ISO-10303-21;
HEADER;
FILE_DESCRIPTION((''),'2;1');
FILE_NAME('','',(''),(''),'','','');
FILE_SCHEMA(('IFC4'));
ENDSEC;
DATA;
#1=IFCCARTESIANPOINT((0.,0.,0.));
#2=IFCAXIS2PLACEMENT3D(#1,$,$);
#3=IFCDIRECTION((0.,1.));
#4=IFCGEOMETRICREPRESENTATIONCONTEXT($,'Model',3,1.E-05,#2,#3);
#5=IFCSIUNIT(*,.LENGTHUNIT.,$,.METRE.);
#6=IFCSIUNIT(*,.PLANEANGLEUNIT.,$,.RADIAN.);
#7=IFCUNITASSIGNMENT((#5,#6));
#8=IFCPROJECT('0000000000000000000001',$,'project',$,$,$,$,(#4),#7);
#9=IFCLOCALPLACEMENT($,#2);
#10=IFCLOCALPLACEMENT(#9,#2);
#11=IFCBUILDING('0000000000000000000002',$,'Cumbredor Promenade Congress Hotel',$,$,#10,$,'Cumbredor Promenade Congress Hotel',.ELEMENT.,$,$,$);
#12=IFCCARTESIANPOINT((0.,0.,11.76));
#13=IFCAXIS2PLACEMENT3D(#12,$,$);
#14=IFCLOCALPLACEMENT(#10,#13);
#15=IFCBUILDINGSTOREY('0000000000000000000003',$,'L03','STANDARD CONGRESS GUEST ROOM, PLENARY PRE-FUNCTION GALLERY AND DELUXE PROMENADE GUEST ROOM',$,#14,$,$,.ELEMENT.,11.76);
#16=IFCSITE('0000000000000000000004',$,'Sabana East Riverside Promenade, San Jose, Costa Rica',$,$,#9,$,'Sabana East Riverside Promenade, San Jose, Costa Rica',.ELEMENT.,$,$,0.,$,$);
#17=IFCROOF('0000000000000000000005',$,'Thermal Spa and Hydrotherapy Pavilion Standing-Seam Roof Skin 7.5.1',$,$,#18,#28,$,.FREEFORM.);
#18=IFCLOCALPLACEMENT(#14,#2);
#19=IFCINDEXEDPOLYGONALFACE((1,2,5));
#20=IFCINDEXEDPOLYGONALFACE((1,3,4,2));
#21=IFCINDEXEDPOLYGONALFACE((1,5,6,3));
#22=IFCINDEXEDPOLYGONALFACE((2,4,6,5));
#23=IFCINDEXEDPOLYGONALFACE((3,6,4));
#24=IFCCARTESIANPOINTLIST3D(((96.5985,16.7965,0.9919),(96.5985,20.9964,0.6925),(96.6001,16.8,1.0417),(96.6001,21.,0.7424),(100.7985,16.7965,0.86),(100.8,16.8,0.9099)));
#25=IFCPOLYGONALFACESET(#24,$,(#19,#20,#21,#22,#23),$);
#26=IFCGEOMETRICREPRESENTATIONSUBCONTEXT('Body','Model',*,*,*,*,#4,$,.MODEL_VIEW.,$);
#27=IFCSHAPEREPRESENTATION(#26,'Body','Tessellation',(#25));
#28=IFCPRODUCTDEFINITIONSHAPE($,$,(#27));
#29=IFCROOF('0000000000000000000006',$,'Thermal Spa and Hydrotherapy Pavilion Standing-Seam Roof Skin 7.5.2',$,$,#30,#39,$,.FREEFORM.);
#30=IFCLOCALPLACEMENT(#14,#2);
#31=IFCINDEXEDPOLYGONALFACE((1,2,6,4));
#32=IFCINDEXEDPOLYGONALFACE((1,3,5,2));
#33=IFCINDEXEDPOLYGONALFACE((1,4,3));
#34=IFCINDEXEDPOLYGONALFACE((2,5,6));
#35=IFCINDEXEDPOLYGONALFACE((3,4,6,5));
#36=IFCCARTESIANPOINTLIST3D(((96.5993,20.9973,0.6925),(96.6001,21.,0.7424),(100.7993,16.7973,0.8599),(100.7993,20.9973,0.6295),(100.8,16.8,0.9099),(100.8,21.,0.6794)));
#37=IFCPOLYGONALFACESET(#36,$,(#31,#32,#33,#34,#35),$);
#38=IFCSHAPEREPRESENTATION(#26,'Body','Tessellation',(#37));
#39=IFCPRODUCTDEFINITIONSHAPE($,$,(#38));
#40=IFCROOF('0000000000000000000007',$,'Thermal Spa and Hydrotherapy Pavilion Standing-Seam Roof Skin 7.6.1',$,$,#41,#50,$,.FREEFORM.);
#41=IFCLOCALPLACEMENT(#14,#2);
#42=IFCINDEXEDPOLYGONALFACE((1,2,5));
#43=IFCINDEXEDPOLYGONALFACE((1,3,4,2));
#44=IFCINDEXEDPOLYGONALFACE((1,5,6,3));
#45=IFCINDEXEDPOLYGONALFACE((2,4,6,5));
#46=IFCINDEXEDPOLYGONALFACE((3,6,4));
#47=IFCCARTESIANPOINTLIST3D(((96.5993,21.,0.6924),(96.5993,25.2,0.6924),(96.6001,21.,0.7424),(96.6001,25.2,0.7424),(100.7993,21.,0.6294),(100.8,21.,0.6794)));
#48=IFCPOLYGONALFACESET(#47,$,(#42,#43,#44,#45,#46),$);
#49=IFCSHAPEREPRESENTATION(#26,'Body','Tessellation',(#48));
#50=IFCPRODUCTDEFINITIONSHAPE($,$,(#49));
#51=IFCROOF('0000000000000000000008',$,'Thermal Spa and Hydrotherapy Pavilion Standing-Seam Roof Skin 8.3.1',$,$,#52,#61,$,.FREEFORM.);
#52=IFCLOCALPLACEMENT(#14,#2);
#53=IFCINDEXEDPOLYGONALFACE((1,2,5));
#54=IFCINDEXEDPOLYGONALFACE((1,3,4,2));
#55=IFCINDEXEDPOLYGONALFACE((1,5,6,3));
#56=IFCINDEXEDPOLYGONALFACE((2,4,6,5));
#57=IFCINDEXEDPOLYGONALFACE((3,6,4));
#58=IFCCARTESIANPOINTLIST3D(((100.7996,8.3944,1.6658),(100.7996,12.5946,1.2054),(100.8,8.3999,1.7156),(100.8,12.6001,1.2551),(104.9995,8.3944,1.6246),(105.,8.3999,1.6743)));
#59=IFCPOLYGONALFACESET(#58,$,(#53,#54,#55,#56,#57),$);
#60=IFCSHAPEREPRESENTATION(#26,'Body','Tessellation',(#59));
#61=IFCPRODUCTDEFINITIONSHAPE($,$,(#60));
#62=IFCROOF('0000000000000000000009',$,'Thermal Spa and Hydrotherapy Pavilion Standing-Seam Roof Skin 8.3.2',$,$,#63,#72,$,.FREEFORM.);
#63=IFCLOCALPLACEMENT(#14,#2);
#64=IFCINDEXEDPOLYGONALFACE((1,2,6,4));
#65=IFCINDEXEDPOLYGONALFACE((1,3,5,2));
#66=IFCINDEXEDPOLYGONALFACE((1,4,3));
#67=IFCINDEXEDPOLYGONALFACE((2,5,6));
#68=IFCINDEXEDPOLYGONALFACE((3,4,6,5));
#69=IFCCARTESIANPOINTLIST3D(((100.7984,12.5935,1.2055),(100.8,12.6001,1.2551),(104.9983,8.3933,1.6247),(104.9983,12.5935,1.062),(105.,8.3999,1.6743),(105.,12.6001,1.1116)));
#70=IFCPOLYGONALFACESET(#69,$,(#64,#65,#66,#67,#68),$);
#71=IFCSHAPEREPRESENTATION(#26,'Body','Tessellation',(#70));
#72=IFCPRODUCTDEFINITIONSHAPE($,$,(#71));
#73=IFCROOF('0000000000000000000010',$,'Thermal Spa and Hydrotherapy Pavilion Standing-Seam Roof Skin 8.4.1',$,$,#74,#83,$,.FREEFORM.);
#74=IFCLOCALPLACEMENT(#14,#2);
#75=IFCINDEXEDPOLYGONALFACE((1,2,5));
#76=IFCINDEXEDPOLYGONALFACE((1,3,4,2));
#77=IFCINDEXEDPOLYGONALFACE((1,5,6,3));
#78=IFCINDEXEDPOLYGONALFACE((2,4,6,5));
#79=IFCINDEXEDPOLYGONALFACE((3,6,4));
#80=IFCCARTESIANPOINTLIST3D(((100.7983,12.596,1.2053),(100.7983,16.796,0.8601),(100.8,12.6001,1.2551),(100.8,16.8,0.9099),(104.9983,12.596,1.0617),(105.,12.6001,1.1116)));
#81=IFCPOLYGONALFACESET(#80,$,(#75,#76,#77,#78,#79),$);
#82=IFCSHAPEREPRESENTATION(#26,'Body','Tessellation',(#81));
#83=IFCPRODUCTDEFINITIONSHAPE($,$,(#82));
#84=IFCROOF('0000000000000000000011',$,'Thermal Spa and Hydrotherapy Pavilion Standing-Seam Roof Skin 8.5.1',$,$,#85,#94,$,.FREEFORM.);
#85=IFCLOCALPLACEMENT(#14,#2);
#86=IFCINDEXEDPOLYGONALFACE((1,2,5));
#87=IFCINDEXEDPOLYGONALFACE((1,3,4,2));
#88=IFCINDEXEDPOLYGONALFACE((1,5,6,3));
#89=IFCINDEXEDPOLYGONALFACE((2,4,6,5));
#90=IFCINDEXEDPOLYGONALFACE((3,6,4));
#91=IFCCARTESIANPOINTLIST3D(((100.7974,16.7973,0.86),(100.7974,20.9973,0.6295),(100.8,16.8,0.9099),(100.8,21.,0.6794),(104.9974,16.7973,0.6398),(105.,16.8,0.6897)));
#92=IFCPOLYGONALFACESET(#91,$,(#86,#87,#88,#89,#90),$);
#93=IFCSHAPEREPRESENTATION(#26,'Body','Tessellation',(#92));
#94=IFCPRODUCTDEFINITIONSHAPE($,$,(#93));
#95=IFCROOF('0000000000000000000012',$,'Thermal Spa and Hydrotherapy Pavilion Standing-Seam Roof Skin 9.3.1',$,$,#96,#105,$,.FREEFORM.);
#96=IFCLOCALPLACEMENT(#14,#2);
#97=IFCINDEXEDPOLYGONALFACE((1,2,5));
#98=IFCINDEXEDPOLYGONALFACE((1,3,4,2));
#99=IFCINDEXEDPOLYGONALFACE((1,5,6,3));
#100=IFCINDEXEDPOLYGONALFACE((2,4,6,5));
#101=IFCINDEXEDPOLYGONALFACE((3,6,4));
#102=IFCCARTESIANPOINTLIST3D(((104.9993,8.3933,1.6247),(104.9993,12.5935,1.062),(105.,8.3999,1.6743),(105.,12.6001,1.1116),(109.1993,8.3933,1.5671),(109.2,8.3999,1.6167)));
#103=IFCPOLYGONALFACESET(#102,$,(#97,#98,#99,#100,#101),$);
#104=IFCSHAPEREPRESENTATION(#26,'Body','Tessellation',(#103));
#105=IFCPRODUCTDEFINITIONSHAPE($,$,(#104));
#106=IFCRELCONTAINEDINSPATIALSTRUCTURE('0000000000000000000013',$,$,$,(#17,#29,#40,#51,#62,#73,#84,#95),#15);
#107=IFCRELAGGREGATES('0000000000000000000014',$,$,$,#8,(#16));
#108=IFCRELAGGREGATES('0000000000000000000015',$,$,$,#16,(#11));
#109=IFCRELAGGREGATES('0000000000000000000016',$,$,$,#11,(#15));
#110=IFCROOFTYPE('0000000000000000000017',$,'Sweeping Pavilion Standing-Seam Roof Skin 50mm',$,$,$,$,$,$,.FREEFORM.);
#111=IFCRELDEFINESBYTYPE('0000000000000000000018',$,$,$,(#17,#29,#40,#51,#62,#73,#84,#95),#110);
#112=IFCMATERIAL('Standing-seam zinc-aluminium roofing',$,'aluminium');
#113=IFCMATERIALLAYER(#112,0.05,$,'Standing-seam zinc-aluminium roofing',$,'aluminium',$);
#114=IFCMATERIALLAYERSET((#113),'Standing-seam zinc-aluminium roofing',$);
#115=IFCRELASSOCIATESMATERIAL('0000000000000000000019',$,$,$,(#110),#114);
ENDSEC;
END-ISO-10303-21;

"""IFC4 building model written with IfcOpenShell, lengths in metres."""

from ifc_helpers import new_model, si_unit, direction, frame, origin, place, context, subcontext, project, spatial, polyline, outline, extrude, material, layer, layer_set, type_object, element, save


model = new_model("IFC4")

# Units and contexts
model_context = context("Model", 3, precision=1e-05, world=origin(), true_north=direction((0.0, 1.0)))
body_context = subcontext(model_context, "Body", "Model", "MODEL_VIEW")
ifc_project = project(units=[si_unit("LENGTHUNIT", "METRE"), si_unit("PLANEANGLEUNIT", "RADIAN")], contexts=[model_context])

# Site, building, storey
site_placement = place(None, origin())
site = spatial("IfcSite", under=ifc_project, at=site_placement, Name="Sabana East Riverside Promenade, San Jose, Costa Rica", LongName="Sabana East Riverside Promenade, San Jose, Costa Rica", CompositionType="ELEMENT", RefElevation=0.0)
building_placement = place(site_placement, origin())
building = spatial("IfcBuilding", under=site, at=building_placement, Name="Cumbredor Promenade Congress Hotel", LongName="Cumbredor Promenade Congress Hotel", CompositionType="ELEMENT")
storey_placement = place(building_placement, frame((0.0, 0.0, 11.76)))
storey = spatial("IfcBuildingStorey", under=building, at=storey_placement, Name="L03", Description="STANDARD CONGRESS GUEST ROOM, PLENARY PRE-FUNCTION GALLERY AND DELUXE PROMENADE GUEST ROOM", CompositionType="ELEMENT", Elevation=11.76)

# Roofs
ifc_material_1 = material(Name="Standing-seam zinc-aluminium roofing", Category="aluminium")
ifc_layer_1 = layer(ifc_material_1, 0.05, Name="Standing-seam zinc-aluminium roofing", Category="aluminium")
ifc_layer_set_1 = layer_set([ifc_layer_1], Name="Standing-seam zinc-aluminium roofing")
roof_type = type_object("IfcRoofType", Name="Sweeping Pavilion Standing-Seam Roof Skin 50mm", PredefinedType="FREEFORM", material=ifc_layer_set_1)
roof_1_placement = place(storey_placement, frame((96.6001, 16.8, 1.0417), z_axis=(0.031295, 0.071052, 0.996982), x_axis=(0.999508, 0.0, -0.031374)))
element("IfcRoof", 1, at=roof_1_placement, inside=storey, type_object=roof_type, Name="Thermal Spa and Hydrotherapy Pavilion Standing-Seam Roof Skin 7.5.1", PredefinedType="FREEFORM", context=body_context, shape_type="SweptSolid", body=[
    extrude(outline(polyline([(0.0, 0.0), (4.202, 0.0), (0.0094, 4.2106), (0.0, 0.0)])), origin(), (0.0, 0.0, -1.0), 0.05),
])
roof_2_placement = place(storey_placement, frame((100.8, 16.8, 0.9099), z_axis=(0.014973, 0.054786, 0.998386), x_axis=(0.0, 0.998498, -0.054792)))
element("IfcRoof", 2, at=roof_2_placement, inside=storey, type_object=roof_type, Name="Thermal Spa and Hydrotherapy Pavilion Standing-Seam Roof Skin 7.5.2", PredefinedType="FREEFORM", context=body_context, shape_type="SweptSolid", body=[
    extrude(outline(polyline([(0.0, 0.0), (4.2063, 0.0), (4.2028, 4.2004), (0.0, 0.0)])), origin(), (0.0, 0.0, -1.0), 0.05),
])
roof_3_placement = place(storey_placement, frame((96.6001, 21.0, 0.7424), z_axis=(0.014996, 0.0, 0.999888), x_axis=(0.999888, 0.0, -0.014996)))
element("IfcRoof", 3, at=roof_3_placement, inside=storey, type_object=roof_type, Name="Thermal Spa and Hydrotherapy Pavilion Standing-Seam Roof Skin 7.6.1", PredefinedType="FREEFORM", context=body_context, shape_type="SweptSolid", body=[
    extrude(outline(polyline([(0.0, 0.0), (4.2004, 0.0), (0.0, 4.2), (0.0, 0.0)])), origin(), (0.0, 0.0, -1.0), 0.05),
])
roof_4_placement = place(storey_placement, frame((100.8, 8.3999, 1.7156), z_axis=(0.009765, 0.108968, 0.993997), x_axis=(0.999952, 0.0, -0.009823)))
element("IfcRoof", 4, at=roof_4_placement, inside=storey, type_object=roof_type, Name="Thermal Spa and Hydrotherapy Pavilion Standing-Seam Roof Skin 8.3.1", PredefinedType="FREEFORM", context=body_context, shape_type="SweptSolid", body=[
    extrude(outline(polyline([(0.0, 0.0), (4.2002, 0.0), (0.0045, 4.2254), (0.0, 0.0)])), origin(), (0.0, 0.0, -1.0), 0.05),
])
roof_5_placement = place(storey_placement, frame((105.0, 8.3999, 1.6743), z_axis=(0.033858, 0.132718, 0.990575), x_axis=(0.0, 0.991144, -0.132794)))
element("IfcRoof", 5, at=roof_5_placement, inside=storey, type_object=roof_type, Name="Thermal Spa and Hydrotherapy Pavilion Standing-Seam Roof Skin 8.3.2", PredefinedType="FREEFORM", context=body_context, shape_type="SweptSolid", body=[
    extrude(outline(polyline([(0.0, 0.0), (4.2377, 0.0), (4.2187, 4.2024), (0.0, 0.0)])), origin(), (0.0, 0.0, -1.0), 0.05),
])
roof_6_placement = place(storey_placement, frame((100.8, 12.6001, 1.2551), z_axis=(0.034045, 0.081871, 0.996061), x_axis=(0.999416, 0.0, -0.03416)))
element("IfcRoof", 6, at=roof_6_placement, inside=storey, type_object=roof_type, Name="Thermal Spa and Hydrotherapy Pavilion Standing-Seam Roof Skin 8.4.1", PredefinedType="FREEFORM", context=body_context, shape_type="SweptSolid", body=[
    extrude(outline(polyline([(0.0, 0.0), (4.2024, 0.0), (0.0118, 4.2141), (0.0, 0.0)])), origin(), (0.0, 0.0, -1.0), 0.05),
])
roof_7_placement = place(storey_placement, frame((100.8, 16.8, 0.9099), z_axis=(0.052282, 0.054717, 0.997132), x_axis=(0.998628, 0.0, -0.052361)))
element("IfcRoof", 7, at=roof_7_placement, inside=storey, type_object=roof_type, Name="Thermal Spa and Hydrotherapy Pavilion Standing-Seam Roof Skin 8.5.1", PredefinedType="FREEFORM", context=body_context, shape_type="SweptSolid", body=[
    extrude(outline(polyline([(0.0, 0.0), (4.2057, 0.0), (0.0121, 4.2063), (0.0, 0.0)])), origin(), (0.0, 0.0, -1.0), 0.05),
])
roof_8_placement = place(storey_placement, frame((105.0, 8.3999, 1.6743), z_axis=(0.013596, 0.132782, 0.991052), x_axis=(0.999906, 0.0, -0.013717)))
element("IfcRoof", 8, at=roof_8_placement, inside=storey, type_object=roof_type, Name="Thermal Spa and Hydrotherapy Pavilion Standing-Seam Roof Skin 9.3.1", PredefinedType="FREEFORM", context=body_context, shape_type="SweptSolid", body=[
    extrude(outline(polyline([(0.0, 0.0), (4.2003, 0.0), (0.0077, 4.2377), (0.0, 0.0)])), origin(), (0.0, 0.0, -1.0), 0.05),
])

save(model, "model.ifc")
